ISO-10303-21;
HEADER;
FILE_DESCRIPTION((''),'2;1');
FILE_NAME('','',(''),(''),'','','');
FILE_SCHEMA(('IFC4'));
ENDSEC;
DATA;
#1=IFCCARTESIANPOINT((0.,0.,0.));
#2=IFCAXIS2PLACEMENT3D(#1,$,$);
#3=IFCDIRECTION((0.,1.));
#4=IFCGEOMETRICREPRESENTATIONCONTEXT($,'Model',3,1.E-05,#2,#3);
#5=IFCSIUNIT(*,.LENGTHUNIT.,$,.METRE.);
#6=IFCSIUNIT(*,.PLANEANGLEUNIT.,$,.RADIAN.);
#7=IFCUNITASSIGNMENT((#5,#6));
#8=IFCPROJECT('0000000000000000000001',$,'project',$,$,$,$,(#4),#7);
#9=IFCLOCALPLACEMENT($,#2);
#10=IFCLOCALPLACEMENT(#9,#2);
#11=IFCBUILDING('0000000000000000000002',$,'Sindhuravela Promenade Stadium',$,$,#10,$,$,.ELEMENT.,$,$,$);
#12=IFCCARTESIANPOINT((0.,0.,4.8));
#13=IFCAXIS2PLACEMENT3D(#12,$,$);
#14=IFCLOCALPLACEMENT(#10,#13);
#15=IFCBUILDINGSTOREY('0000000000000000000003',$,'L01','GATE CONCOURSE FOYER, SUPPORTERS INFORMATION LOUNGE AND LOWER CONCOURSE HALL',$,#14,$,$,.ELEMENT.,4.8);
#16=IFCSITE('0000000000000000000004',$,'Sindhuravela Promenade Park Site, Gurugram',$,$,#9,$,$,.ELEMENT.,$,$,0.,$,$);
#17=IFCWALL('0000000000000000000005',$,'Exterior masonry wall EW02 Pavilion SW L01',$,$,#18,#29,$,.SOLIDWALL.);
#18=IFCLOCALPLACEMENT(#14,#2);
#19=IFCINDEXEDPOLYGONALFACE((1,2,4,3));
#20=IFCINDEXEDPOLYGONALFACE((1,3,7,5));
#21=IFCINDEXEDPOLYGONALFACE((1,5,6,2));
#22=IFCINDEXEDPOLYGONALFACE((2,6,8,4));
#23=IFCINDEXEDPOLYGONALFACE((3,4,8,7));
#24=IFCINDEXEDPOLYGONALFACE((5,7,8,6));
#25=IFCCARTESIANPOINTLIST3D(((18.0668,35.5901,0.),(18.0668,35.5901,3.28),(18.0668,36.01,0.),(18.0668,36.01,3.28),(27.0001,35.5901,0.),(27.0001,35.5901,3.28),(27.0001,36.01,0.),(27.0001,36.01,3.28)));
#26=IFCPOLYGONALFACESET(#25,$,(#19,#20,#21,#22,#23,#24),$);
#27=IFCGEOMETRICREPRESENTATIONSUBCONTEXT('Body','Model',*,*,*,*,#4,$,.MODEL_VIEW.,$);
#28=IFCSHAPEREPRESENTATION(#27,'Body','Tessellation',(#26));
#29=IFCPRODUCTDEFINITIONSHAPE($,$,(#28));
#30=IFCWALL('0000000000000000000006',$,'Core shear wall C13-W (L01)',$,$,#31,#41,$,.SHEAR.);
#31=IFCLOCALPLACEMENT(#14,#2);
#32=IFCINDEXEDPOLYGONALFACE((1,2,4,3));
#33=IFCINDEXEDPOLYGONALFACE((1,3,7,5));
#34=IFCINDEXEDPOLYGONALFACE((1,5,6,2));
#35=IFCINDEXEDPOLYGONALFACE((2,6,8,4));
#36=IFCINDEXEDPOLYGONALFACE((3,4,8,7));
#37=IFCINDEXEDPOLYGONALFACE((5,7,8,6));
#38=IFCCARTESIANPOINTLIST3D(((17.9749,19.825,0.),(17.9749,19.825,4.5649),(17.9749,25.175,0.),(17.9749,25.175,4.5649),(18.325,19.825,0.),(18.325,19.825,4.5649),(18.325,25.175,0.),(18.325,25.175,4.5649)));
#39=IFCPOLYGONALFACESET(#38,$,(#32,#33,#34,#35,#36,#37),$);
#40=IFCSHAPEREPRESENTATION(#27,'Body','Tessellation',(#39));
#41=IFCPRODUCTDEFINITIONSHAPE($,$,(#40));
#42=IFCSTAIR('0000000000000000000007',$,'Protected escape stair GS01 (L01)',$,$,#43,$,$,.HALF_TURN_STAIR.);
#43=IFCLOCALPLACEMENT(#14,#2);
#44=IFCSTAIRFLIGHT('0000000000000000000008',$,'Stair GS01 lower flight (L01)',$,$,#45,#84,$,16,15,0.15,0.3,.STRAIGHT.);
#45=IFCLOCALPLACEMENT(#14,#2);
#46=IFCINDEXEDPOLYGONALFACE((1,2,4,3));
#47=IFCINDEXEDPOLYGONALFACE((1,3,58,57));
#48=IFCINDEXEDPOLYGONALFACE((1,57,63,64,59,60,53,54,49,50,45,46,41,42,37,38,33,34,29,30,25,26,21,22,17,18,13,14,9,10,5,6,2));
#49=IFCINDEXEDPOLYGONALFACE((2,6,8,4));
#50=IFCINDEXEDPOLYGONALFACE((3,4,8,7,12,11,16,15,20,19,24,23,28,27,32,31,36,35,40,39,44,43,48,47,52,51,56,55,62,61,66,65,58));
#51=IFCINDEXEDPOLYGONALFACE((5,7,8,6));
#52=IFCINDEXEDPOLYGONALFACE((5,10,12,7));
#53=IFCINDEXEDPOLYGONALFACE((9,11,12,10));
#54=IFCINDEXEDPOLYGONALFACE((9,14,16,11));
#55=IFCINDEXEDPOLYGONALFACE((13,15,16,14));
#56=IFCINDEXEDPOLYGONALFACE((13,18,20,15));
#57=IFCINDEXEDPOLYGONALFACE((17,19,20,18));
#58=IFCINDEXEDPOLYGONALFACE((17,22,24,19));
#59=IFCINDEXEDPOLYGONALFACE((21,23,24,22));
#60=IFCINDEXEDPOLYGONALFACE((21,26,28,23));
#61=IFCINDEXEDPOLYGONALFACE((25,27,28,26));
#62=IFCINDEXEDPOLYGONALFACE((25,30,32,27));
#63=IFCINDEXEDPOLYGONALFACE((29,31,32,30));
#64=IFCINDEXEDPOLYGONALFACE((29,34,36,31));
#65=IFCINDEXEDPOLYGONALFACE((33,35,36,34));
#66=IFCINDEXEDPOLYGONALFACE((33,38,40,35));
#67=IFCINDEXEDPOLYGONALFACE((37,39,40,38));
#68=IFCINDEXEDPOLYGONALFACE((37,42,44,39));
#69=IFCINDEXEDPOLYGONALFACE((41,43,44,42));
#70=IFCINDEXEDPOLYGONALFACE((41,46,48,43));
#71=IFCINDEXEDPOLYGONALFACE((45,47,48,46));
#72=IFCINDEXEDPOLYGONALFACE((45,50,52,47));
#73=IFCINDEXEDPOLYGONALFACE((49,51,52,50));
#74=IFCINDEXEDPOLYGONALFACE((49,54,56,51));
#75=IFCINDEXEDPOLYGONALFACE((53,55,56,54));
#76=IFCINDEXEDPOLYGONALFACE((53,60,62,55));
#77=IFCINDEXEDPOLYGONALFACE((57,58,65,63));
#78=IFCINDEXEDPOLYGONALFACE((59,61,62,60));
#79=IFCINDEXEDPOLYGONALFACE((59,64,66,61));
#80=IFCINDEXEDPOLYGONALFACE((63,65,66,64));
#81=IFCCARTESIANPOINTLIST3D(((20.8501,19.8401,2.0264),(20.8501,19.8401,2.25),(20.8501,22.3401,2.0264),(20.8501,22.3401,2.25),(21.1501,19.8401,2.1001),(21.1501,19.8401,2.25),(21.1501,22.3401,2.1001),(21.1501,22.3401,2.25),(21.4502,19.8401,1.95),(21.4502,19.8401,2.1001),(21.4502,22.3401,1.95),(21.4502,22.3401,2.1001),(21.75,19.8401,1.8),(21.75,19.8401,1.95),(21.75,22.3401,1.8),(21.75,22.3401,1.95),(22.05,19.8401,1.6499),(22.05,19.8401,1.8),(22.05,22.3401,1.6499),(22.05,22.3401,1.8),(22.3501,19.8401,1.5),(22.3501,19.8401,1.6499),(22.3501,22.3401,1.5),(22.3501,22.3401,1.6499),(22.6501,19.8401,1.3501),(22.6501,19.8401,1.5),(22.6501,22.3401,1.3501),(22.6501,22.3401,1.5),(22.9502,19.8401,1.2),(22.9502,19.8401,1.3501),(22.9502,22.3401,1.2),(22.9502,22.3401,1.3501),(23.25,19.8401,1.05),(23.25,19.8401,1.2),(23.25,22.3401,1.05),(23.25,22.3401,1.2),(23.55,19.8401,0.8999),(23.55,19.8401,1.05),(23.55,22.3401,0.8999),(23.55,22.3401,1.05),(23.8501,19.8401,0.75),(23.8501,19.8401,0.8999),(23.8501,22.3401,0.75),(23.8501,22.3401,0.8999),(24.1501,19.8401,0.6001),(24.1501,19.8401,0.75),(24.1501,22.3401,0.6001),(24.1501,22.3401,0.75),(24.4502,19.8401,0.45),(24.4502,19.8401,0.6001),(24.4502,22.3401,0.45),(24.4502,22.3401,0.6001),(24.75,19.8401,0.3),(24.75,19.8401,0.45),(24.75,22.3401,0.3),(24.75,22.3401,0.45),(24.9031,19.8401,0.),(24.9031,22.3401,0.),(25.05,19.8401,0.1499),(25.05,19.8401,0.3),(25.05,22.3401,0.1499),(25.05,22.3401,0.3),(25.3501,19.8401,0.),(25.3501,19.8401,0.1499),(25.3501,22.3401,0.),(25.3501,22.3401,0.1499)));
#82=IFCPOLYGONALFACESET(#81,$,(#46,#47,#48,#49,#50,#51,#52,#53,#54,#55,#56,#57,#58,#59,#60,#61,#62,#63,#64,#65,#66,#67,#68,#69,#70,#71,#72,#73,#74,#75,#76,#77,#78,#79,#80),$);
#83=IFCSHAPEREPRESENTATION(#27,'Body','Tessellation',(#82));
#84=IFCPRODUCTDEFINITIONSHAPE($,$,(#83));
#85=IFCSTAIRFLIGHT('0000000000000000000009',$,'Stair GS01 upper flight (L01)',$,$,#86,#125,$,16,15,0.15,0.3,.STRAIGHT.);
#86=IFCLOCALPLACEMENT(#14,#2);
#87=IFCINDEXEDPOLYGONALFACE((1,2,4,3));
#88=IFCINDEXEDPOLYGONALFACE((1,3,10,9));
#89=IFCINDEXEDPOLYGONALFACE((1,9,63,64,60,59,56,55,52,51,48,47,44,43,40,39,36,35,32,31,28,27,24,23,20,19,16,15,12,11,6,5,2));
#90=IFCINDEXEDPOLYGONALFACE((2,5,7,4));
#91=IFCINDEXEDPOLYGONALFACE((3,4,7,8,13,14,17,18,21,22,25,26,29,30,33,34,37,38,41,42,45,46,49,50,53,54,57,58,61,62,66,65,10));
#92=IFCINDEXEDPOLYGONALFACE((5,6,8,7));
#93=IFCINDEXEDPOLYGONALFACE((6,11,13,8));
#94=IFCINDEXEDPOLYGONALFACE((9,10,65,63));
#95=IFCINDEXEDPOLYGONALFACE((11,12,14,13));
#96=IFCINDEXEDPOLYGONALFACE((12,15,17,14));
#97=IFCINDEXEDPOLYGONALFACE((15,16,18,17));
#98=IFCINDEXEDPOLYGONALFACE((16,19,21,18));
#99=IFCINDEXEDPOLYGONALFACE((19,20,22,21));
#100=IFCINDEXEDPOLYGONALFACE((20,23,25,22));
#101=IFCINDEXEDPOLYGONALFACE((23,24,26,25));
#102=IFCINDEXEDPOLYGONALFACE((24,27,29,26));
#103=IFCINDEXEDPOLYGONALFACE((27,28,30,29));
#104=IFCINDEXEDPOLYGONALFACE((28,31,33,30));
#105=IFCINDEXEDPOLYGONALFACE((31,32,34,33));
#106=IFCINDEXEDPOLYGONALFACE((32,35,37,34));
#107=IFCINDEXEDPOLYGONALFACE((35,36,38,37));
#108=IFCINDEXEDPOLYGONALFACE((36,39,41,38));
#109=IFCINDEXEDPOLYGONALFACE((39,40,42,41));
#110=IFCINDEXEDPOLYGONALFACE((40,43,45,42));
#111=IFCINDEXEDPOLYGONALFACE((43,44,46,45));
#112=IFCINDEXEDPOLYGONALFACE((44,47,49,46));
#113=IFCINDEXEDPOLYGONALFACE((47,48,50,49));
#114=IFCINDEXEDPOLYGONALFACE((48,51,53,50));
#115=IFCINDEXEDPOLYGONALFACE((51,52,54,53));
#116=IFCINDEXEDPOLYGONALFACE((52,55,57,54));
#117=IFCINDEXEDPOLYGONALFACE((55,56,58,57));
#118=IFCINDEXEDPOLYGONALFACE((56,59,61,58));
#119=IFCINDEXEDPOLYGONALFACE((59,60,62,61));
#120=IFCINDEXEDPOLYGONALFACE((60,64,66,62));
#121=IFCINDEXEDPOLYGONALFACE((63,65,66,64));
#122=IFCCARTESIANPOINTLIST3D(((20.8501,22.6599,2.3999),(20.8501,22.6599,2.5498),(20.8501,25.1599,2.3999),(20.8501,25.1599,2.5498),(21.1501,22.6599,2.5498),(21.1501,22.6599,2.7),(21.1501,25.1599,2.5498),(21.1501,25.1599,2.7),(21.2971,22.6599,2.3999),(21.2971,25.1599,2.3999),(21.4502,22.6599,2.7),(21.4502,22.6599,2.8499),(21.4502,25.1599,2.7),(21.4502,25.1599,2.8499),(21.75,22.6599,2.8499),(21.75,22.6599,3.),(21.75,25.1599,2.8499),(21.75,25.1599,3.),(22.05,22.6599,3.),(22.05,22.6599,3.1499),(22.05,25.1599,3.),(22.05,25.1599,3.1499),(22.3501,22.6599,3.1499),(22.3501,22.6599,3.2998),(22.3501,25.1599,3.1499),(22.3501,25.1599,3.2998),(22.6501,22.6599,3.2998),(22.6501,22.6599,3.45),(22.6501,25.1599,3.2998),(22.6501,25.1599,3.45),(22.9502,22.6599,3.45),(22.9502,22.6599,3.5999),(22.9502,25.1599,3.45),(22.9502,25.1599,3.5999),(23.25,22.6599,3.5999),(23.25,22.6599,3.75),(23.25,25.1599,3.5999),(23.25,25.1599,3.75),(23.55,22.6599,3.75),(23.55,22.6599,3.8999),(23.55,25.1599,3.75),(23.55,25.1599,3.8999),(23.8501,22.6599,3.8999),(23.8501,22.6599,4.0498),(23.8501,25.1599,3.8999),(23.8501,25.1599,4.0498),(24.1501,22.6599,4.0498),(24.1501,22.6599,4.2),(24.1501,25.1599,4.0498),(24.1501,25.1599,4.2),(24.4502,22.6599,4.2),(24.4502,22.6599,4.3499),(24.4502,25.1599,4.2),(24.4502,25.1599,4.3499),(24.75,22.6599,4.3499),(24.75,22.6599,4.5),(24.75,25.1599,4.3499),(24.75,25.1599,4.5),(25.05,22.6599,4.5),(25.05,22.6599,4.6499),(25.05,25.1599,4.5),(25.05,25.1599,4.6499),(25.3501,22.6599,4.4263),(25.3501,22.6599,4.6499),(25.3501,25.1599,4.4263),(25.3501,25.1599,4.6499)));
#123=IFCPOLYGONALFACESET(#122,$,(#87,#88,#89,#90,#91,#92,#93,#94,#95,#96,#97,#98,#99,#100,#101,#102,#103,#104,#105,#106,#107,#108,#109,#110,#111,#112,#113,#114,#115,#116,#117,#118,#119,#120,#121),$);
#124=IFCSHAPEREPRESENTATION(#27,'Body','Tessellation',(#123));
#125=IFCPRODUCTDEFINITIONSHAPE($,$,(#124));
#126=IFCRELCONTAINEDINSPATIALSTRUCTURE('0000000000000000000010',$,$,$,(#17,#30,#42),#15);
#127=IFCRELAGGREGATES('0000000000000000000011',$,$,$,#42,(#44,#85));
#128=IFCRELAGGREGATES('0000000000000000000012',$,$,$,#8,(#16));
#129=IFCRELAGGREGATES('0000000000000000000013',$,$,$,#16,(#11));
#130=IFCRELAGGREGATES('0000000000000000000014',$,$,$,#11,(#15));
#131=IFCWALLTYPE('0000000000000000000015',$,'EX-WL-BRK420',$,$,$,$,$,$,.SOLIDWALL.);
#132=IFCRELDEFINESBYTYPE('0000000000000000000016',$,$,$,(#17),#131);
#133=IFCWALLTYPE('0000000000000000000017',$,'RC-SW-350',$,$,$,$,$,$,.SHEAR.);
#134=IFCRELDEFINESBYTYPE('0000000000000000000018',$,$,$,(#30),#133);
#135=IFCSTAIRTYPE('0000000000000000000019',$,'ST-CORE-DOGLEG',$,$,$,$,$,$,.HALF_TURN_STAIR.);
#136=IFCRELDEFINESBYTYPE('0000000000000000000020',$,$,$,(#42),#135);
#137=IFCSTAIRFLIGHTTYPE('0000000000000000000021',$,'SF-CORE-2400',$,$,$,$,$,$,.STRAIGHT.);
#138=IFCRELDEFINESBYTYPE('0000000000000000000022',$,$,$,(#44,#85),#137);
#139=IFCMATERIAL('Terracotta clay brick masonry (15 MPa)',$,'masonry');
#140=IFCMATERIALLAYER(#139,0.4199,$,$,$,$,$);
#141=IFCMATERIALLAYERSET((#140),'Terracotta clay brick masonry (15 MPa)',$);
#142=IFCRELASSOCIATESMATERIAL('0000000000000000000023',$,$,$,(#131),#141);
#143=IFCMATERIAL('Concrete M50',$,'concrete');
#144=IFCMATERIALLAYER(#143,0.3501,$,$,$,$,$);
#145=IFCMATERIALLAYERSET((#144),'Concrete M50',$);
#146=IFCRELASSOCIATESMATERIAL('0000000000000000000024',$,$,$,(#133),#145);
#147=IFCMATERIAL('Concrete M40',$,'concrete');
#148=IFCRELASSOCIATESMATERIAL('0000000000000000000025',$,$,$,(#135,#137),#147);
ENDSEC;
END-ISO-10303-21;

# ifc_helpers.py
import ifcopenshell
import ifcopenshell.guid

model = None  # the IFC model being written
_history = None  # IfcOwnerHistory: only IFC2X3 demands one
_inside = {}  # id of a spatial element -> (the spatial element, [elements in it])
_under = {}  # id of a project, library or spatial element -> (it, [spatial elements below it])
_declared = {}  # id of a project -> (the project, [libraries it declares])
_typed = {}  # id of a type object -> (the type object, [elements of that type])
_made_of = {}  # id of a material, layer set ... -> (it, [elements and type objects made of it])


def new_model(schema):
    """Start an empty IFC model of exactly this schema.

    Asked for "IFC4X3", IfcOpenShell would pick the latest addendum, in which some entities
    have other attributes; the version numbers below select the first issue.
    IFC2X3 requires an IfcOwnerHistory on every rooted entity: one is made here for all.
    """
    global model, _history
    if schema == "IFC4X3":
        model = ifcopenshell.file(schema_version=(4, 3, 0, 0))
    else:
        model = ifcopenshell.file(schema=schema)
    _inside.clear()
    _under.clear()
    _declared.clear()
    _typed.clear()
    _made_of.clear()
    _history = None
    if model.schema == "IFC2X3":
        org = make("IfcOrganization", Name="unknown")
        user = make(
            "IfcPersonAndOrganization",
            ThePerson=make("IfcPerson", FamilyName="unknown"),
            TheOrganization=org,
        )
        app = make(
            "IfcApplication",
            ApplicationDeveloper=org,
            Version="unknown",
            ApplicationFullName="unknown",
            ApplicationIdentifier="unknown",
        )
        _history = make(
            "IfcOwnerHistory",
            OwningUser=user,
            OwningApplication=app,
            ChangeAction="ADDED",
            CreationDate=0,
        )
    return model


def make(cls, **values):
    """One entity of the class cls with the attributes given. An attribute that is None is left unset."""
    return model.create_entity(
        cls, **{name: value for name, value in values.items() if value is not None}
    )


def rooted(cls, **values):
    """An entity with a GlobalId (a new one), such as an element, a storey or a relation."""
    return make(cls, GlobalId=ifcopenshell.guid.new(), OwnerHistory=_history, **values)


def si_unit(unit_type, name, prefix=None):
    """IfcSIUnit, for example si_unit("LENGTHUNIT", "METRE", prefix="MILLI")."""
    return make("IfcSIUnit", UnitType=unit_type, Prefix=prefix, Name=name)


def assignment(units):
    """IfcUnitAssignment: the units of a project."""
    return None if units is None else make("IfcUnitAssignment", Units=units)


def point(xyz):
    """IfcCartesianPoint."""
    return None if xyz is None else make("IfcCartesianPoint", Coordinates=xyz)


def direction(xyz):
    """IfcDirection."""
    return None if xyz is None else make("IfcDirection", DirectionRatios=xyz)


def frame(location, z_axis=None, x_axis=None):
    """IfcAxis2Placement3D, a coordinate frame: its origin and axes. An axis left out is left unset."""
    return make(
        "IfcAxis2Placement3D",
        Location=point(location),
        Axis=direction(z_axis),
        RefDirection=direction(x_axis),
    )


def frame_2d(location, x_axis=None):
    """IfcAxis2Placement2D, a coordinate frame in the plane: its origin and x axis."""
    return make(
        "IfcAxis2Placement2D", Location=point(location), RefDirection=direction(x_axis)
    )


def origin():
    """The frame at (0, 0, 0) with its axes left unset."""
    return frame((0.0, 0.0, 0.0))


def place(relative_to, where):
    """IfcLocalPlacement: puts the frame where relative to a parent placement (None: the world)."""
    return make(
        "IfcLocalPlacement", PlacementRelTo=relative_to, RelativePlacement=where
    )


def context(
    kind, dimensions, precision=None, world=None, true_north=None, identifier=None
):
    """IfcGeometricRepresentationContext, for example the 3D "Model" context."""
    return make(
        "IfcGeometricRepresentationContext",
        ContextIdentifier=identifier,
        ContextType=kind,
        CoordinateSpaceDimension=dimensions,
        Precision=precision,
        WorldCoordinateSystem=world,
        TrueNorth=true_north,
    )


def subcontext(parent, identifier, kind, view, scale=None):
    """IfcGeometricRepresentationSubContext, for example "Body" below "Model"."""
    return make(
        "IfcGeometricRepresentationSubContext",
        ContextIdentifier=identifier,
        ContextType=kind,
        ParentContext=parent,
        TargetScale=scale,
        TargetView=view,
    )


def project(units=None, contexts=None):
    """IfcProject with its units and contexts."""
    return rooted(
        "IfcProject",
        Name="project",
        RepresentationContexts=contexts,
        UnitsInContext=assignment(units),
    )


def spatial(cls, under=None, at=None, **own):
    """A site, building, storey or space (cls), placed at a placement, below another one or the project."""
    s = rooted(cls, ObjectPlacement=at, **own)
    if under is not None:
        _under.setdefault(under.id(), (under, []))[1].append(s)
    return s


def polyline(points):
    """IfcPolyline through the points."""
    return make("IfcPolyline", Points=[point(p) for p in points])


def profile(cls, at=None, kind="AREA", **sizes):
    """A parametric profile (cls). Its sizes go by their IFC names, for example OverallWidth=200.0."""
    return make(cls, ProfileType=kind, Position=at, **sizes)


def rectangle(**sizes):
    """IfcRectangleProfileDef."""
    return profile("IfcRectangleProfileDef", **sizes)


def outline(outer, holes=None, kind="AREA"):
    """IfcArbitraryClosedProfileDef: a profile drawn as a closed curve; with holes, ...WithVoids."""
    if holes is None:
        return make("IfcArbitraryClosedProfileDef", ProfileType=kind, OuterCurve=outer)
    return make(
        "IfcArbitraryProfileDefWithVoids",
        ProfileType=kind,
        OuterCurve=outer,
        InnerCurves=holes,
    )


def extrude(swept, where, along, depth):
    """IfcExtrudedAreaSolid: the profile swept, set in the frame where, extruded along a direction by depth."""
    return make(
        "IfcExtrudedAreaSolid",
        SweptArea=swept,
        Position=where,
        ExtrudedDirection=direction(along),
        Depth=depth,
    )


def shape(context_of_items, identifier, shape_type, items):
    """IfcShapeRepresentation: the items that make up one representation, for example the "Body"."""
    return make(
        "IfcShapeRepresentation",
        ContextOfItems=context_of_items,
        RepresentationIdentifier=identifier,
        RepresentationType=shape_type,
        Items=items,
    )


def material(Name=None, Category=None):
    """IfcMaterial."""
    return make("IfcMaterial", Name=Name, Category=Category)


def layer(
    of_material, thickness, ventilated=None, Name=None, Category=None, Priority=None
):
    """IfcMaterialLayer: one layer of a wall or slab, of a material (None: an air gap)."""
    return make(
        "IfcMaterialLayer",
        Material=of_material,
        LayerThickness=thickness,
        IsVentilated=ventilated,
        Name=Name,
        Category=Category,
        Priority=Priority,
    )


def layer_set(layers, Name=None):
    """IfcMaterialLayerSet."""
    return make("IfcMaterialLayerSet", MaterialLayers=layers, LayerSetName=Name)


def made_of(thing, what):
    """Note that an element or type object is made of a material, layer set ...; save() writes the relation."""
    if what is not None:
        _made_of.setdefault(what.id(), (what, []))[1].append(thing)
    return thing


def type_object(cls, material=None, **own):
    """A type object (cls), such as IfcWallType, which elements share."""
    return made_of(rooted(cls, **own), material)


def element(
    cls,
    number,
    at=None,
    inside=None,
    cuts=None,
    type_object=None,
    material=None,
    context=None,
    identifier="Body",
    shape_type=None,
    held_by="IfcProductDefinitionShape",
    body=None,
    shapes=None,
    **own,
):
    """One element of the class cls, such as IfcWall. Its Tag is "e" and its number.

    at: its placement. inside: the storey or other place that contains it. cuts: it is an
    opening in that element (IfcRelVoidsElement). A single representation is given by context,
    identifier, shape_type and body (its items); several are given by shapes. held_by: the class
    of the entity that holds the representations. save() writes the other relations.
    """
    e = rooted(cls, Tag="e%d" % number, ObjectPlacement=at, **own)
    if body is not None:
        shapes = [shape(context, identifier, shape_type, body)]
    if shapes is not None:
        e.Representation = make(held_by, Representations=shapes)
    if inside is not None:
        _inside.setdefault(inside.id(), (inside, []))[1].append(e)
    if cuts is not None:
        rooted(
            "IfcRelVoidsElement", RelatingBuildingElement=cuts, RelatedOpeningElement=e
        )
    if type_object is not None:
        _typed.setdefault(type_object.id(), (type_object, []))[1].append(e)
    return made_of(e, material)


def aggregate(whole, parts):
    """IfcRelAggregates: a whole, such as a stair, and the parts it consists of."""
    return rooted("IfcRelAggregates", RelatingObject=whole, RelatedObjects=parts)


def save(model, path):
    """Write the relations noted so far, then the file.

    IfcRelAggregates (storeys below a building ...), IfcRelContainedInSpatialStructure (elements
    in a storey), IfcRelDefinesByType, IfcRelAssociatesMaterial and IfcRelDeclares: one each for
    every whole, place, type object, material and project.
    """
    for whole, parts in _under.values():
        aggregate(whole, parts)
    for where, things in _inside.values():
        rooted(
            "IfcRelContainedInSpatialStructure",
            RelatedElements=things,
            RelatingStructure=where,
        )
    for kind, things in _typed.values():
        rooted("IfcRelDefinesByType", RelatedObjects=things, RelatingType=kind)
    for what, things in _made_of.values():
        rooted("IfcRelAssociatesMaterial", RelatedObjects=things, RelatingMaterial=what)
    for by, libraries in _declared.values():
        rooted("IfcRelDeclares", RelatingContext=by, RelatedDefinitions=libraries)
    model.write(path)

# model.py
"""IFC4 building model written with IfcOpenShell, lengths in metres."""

from ifc_helpers import new_model, si_unit, direction, frame, frame_2d, origin, place, context, subcontext, project, spatial, polyline, rectangle, outline, extrude, material, layer, layer_set, type_object, element, aggregate, save


model = new_model("IFC4")

# Units and contexts
model_context = context("Model", 3, precision=1e-05, world=origin(), true_north=direction((0.0, 1.0)))
body_context = subcontext(model_context, "Body", "Model", "MODEL_VIEW")
ifc_project = project(units=[si_unit("LENGTHUNIT", "METRE"), si_unit("PLANEANGLEUNIT", "RADIAN")], contexts=[model_context])

# Site, building, storey
site_placement = place(None, origin())
site = spatial("IfcSite", under=ifc_project, at=site_placement, Name="Sindhuravela Promenade Park Site, Gurugram", CompositionType="ELEMENT", RefElevation=0.0)
building_placement = place(site_placement, origin())
building = spatial("IfcBuilding", under=site, at=building_placement, Name="Sindhuravela Promenade Stadium", CompositionType="ELEMENT")
storey_placement = place(building_placement, frame((0.0, 0.0, 4.8)))
storey = spatial("IfcBuildingStorey", under=building, at=storey_placement, Name="L01", Description="GATE CONCOURSE FOYER, SUPPORTERS INFORMATION LOUNGE AND LOWER CONCOURSE HALL", CompositionType="ELEMENT", Elevation=4.8)

# Shared definitions
ifc_material_1 = material(Name="Concrete M40", Category="concrete")

# Walls
ifc_material_2 = material(Name="Terracotta clay brick masonry (15 MPa)", Category="masonry")
ifc_layer_1 = layer(ifc_material_2, 0.4199)
ifc_layer_set_1 = layer_set([ifc_layer_1], Name="Terracotta clay brick masonry (15 MPa)")
wall_type_1 = type_object("IfcWallType", Name="EX-WL-BRK420", PredefinedType="SOLIDWALL", material=ifc_layer_set_1)
wall_1_placement = place(storey_placement, frame((18.0667, 35.8, 0.0), z_axis=(0.0, 0.0, 1.0), x_axis=(1.0, 0.0, 0.0)))
element("IfcWall", 1, at=wall_1_placement, inside=storey, type_object=wall_type_1, Name="Exterior masonry wall EW02 Pavilion SW L01", PredefinedType="SOLIDWALL", context=body_context, shape_type="SweptSolid", body=[
    extrude(rectangle(XDim=8.9333, YDim=0.4199, at=frame_2d((4.4668, 0.0))), origin(), (0.0, 0.0, 1.0), 3.28),
])
ifc_material_3 = material(Name="Concrete M50", Category="concrete")
ifc_layer_2 = layer(ifc_material_3, 0.3501)
ifc_layer_set_2 = layer_set([ifc_layer_2], Name="Concrete M50")
wall_type_2 = type_object("IfcWallType", Name="RC-SW-350", PredefinedType="SHEAR", material=ifc_layer_set_2)
wall_2_placement = place(storey_placement, frame((18.1499, 25.175, 0.0), z_axis=(0.0, 0.0, 1.0), x_axis=(0.0, -1.0, 0.0)))
element("IfcWall", 2, at=wall_2_placement, inside=storey, type_object=wall_type_2, Name="Core shear wall C13-W (L01)", PredefinedType="SHEAR", context=body_context, shape_type="SweptSolid", body=[
    extrude(rectangle(XDim=5.3501, YDim=0.3501, at=frame_2d((2.675, 0.0))), origin(), (0.0, 0.0, 1.0), 4.5649),
])

# Stair, stair flights
stair_type = type_object("IfcStairType", Name="ST-CORE-DOGLEG", PredefinedType="HALF_TURN_STAIR", material=ifc_material_1)
stair_placement = place(storey_placement, origin())
stair = element("IfcStair", 3, at=stair_placement, inside=storey, type_object=stair_type, Name="Protected escape stair GS01 (L01)", PredefinedType="HALF_TURN_STAIR")
stair_flight_type = type_object("IfcStairFlightType", Name="SF-CORE-2400", PredefinedType="STRAIGHT", material=ifc_material_1)
stair_flight_1_placement = place(storey_placement, frame((25.3501, 21.0901, 0.0), z_axis=(0.0, 0.0, 1.0), x_axis=(-1.0, 0.0, 0.0)))
stair_flight_1 = element("IfcStairFlight", 4, at=stair_flight_1_placement, type_object=stair_flight_type, Name="Stair GS01 lower flight (L01)", NumberOfRisers=16, NumberOfTreads=15, PredefinedType="STRAIGHT", RiserHeight=0.15, TreadLength=0.3, context=body_context, shape_type="SweptSolid", body=[
    extrude(outline(polyline([(0.0, 0.0), (0.0, 0.1499), (0.3, 0.1499), (0.3, 0.3), (0.6001, 0.3), (0.6001, 0.45), (0.8999, 0.45), (0.8999, 0.6001), (1.2, 0.6001), (1.2, 0.75), (1.5, 0.75), (1.5, 0.8999), (1.8, 0.8999), (1.8, 1.05), (2.1001, 1.05), (2.1001, 1.2), (2.3999, 1.2), (2.3999, 1.3501), (2.7, 1.3501), (2.7, 1.5), (3.0, 1.5), (3.0, 1.6499), (3.3, 1.6499), (3.3, 1.8), (3.6001, 1.8), (3.6001, 1.95), (3.8999, 1.95), (3.8999, 2.1001), (4.2, 2.1001), (4.2, 2.25), (4.5, 2.25), (4.5, 2.3999), (4.5, 2.0264), (0.447, 0.0), (0.0, 0.0)])), frame((0.0, 1.25, 0.0), z_axis=(0.0, -1.0, 0.0), x_axis=(1.0, 0.0, 0.0)), (0.0, 0.0, 1.0), 2.5),
])
stair_flight_2_placement = place(storey_placement, frame((20.8501, 23.9099, 2.3999), z_axis=(0.0, 0.0, 1.0), x_axis=(1.0, 0.0, 0.0)))
stair_flight_2 = element("IfcStairFlight", 5, at=stair_flight_2_placement, type_object=stair_flight_type, Name="Stair GS01 upper flight (L01)", NumberOfRisers=16, NumberOfTreads=15, PredefinedType="STRAIGHT", RiserHeight=0.15, TreadLength=0.3, context=body_context, shape_type="SweptSolid", body=[
    extrude(outline(polyline([(0.0, 0.0), (0.0, 0.1499), (0.3, 0.1499), (0.3, 0.3), (0.6001, 0.3), (0.6001, 0.45), (0.8999, 0.45), (0.8999, 0.6001), (1.2, 0.6001), (1.2, 0.75), (1.5, 0.75), (1.5, 0.8999), (1.8, 0.8999), (1.8, 1.05), (2.1001, 1.05), (2.1001, 1.2), (2.3999, 1.2), (2.3999, 1.3501), (2.7, 1.3501), (2.7, 1.5), (3.0, 1.5), (3.0, 1.6499), (3.3, 1.6499), (3.3, 1.8), (3.6001, 1.8), (3.6001, 1.95), (3.8999, 1.95), (3.8999, 2.1001), (4.2, 2.1001), (4.2, 2.25), (4.5, 2.25), (4.5, 2.3999), (4.5, 2.0264), (0.447, 0.0), (0.0, 0.0)])), frame((0.0, 1.25, 0.0), z_axis=(0.0, -1.0, 0.0), x_axis=(1.0, 0.0, 0.0)), (0.0, 0.0, 1.0), 2.5),
])
aggregate(stair, [stair_flight_1, stair_flight_2])

save(model, "model.ifc")
